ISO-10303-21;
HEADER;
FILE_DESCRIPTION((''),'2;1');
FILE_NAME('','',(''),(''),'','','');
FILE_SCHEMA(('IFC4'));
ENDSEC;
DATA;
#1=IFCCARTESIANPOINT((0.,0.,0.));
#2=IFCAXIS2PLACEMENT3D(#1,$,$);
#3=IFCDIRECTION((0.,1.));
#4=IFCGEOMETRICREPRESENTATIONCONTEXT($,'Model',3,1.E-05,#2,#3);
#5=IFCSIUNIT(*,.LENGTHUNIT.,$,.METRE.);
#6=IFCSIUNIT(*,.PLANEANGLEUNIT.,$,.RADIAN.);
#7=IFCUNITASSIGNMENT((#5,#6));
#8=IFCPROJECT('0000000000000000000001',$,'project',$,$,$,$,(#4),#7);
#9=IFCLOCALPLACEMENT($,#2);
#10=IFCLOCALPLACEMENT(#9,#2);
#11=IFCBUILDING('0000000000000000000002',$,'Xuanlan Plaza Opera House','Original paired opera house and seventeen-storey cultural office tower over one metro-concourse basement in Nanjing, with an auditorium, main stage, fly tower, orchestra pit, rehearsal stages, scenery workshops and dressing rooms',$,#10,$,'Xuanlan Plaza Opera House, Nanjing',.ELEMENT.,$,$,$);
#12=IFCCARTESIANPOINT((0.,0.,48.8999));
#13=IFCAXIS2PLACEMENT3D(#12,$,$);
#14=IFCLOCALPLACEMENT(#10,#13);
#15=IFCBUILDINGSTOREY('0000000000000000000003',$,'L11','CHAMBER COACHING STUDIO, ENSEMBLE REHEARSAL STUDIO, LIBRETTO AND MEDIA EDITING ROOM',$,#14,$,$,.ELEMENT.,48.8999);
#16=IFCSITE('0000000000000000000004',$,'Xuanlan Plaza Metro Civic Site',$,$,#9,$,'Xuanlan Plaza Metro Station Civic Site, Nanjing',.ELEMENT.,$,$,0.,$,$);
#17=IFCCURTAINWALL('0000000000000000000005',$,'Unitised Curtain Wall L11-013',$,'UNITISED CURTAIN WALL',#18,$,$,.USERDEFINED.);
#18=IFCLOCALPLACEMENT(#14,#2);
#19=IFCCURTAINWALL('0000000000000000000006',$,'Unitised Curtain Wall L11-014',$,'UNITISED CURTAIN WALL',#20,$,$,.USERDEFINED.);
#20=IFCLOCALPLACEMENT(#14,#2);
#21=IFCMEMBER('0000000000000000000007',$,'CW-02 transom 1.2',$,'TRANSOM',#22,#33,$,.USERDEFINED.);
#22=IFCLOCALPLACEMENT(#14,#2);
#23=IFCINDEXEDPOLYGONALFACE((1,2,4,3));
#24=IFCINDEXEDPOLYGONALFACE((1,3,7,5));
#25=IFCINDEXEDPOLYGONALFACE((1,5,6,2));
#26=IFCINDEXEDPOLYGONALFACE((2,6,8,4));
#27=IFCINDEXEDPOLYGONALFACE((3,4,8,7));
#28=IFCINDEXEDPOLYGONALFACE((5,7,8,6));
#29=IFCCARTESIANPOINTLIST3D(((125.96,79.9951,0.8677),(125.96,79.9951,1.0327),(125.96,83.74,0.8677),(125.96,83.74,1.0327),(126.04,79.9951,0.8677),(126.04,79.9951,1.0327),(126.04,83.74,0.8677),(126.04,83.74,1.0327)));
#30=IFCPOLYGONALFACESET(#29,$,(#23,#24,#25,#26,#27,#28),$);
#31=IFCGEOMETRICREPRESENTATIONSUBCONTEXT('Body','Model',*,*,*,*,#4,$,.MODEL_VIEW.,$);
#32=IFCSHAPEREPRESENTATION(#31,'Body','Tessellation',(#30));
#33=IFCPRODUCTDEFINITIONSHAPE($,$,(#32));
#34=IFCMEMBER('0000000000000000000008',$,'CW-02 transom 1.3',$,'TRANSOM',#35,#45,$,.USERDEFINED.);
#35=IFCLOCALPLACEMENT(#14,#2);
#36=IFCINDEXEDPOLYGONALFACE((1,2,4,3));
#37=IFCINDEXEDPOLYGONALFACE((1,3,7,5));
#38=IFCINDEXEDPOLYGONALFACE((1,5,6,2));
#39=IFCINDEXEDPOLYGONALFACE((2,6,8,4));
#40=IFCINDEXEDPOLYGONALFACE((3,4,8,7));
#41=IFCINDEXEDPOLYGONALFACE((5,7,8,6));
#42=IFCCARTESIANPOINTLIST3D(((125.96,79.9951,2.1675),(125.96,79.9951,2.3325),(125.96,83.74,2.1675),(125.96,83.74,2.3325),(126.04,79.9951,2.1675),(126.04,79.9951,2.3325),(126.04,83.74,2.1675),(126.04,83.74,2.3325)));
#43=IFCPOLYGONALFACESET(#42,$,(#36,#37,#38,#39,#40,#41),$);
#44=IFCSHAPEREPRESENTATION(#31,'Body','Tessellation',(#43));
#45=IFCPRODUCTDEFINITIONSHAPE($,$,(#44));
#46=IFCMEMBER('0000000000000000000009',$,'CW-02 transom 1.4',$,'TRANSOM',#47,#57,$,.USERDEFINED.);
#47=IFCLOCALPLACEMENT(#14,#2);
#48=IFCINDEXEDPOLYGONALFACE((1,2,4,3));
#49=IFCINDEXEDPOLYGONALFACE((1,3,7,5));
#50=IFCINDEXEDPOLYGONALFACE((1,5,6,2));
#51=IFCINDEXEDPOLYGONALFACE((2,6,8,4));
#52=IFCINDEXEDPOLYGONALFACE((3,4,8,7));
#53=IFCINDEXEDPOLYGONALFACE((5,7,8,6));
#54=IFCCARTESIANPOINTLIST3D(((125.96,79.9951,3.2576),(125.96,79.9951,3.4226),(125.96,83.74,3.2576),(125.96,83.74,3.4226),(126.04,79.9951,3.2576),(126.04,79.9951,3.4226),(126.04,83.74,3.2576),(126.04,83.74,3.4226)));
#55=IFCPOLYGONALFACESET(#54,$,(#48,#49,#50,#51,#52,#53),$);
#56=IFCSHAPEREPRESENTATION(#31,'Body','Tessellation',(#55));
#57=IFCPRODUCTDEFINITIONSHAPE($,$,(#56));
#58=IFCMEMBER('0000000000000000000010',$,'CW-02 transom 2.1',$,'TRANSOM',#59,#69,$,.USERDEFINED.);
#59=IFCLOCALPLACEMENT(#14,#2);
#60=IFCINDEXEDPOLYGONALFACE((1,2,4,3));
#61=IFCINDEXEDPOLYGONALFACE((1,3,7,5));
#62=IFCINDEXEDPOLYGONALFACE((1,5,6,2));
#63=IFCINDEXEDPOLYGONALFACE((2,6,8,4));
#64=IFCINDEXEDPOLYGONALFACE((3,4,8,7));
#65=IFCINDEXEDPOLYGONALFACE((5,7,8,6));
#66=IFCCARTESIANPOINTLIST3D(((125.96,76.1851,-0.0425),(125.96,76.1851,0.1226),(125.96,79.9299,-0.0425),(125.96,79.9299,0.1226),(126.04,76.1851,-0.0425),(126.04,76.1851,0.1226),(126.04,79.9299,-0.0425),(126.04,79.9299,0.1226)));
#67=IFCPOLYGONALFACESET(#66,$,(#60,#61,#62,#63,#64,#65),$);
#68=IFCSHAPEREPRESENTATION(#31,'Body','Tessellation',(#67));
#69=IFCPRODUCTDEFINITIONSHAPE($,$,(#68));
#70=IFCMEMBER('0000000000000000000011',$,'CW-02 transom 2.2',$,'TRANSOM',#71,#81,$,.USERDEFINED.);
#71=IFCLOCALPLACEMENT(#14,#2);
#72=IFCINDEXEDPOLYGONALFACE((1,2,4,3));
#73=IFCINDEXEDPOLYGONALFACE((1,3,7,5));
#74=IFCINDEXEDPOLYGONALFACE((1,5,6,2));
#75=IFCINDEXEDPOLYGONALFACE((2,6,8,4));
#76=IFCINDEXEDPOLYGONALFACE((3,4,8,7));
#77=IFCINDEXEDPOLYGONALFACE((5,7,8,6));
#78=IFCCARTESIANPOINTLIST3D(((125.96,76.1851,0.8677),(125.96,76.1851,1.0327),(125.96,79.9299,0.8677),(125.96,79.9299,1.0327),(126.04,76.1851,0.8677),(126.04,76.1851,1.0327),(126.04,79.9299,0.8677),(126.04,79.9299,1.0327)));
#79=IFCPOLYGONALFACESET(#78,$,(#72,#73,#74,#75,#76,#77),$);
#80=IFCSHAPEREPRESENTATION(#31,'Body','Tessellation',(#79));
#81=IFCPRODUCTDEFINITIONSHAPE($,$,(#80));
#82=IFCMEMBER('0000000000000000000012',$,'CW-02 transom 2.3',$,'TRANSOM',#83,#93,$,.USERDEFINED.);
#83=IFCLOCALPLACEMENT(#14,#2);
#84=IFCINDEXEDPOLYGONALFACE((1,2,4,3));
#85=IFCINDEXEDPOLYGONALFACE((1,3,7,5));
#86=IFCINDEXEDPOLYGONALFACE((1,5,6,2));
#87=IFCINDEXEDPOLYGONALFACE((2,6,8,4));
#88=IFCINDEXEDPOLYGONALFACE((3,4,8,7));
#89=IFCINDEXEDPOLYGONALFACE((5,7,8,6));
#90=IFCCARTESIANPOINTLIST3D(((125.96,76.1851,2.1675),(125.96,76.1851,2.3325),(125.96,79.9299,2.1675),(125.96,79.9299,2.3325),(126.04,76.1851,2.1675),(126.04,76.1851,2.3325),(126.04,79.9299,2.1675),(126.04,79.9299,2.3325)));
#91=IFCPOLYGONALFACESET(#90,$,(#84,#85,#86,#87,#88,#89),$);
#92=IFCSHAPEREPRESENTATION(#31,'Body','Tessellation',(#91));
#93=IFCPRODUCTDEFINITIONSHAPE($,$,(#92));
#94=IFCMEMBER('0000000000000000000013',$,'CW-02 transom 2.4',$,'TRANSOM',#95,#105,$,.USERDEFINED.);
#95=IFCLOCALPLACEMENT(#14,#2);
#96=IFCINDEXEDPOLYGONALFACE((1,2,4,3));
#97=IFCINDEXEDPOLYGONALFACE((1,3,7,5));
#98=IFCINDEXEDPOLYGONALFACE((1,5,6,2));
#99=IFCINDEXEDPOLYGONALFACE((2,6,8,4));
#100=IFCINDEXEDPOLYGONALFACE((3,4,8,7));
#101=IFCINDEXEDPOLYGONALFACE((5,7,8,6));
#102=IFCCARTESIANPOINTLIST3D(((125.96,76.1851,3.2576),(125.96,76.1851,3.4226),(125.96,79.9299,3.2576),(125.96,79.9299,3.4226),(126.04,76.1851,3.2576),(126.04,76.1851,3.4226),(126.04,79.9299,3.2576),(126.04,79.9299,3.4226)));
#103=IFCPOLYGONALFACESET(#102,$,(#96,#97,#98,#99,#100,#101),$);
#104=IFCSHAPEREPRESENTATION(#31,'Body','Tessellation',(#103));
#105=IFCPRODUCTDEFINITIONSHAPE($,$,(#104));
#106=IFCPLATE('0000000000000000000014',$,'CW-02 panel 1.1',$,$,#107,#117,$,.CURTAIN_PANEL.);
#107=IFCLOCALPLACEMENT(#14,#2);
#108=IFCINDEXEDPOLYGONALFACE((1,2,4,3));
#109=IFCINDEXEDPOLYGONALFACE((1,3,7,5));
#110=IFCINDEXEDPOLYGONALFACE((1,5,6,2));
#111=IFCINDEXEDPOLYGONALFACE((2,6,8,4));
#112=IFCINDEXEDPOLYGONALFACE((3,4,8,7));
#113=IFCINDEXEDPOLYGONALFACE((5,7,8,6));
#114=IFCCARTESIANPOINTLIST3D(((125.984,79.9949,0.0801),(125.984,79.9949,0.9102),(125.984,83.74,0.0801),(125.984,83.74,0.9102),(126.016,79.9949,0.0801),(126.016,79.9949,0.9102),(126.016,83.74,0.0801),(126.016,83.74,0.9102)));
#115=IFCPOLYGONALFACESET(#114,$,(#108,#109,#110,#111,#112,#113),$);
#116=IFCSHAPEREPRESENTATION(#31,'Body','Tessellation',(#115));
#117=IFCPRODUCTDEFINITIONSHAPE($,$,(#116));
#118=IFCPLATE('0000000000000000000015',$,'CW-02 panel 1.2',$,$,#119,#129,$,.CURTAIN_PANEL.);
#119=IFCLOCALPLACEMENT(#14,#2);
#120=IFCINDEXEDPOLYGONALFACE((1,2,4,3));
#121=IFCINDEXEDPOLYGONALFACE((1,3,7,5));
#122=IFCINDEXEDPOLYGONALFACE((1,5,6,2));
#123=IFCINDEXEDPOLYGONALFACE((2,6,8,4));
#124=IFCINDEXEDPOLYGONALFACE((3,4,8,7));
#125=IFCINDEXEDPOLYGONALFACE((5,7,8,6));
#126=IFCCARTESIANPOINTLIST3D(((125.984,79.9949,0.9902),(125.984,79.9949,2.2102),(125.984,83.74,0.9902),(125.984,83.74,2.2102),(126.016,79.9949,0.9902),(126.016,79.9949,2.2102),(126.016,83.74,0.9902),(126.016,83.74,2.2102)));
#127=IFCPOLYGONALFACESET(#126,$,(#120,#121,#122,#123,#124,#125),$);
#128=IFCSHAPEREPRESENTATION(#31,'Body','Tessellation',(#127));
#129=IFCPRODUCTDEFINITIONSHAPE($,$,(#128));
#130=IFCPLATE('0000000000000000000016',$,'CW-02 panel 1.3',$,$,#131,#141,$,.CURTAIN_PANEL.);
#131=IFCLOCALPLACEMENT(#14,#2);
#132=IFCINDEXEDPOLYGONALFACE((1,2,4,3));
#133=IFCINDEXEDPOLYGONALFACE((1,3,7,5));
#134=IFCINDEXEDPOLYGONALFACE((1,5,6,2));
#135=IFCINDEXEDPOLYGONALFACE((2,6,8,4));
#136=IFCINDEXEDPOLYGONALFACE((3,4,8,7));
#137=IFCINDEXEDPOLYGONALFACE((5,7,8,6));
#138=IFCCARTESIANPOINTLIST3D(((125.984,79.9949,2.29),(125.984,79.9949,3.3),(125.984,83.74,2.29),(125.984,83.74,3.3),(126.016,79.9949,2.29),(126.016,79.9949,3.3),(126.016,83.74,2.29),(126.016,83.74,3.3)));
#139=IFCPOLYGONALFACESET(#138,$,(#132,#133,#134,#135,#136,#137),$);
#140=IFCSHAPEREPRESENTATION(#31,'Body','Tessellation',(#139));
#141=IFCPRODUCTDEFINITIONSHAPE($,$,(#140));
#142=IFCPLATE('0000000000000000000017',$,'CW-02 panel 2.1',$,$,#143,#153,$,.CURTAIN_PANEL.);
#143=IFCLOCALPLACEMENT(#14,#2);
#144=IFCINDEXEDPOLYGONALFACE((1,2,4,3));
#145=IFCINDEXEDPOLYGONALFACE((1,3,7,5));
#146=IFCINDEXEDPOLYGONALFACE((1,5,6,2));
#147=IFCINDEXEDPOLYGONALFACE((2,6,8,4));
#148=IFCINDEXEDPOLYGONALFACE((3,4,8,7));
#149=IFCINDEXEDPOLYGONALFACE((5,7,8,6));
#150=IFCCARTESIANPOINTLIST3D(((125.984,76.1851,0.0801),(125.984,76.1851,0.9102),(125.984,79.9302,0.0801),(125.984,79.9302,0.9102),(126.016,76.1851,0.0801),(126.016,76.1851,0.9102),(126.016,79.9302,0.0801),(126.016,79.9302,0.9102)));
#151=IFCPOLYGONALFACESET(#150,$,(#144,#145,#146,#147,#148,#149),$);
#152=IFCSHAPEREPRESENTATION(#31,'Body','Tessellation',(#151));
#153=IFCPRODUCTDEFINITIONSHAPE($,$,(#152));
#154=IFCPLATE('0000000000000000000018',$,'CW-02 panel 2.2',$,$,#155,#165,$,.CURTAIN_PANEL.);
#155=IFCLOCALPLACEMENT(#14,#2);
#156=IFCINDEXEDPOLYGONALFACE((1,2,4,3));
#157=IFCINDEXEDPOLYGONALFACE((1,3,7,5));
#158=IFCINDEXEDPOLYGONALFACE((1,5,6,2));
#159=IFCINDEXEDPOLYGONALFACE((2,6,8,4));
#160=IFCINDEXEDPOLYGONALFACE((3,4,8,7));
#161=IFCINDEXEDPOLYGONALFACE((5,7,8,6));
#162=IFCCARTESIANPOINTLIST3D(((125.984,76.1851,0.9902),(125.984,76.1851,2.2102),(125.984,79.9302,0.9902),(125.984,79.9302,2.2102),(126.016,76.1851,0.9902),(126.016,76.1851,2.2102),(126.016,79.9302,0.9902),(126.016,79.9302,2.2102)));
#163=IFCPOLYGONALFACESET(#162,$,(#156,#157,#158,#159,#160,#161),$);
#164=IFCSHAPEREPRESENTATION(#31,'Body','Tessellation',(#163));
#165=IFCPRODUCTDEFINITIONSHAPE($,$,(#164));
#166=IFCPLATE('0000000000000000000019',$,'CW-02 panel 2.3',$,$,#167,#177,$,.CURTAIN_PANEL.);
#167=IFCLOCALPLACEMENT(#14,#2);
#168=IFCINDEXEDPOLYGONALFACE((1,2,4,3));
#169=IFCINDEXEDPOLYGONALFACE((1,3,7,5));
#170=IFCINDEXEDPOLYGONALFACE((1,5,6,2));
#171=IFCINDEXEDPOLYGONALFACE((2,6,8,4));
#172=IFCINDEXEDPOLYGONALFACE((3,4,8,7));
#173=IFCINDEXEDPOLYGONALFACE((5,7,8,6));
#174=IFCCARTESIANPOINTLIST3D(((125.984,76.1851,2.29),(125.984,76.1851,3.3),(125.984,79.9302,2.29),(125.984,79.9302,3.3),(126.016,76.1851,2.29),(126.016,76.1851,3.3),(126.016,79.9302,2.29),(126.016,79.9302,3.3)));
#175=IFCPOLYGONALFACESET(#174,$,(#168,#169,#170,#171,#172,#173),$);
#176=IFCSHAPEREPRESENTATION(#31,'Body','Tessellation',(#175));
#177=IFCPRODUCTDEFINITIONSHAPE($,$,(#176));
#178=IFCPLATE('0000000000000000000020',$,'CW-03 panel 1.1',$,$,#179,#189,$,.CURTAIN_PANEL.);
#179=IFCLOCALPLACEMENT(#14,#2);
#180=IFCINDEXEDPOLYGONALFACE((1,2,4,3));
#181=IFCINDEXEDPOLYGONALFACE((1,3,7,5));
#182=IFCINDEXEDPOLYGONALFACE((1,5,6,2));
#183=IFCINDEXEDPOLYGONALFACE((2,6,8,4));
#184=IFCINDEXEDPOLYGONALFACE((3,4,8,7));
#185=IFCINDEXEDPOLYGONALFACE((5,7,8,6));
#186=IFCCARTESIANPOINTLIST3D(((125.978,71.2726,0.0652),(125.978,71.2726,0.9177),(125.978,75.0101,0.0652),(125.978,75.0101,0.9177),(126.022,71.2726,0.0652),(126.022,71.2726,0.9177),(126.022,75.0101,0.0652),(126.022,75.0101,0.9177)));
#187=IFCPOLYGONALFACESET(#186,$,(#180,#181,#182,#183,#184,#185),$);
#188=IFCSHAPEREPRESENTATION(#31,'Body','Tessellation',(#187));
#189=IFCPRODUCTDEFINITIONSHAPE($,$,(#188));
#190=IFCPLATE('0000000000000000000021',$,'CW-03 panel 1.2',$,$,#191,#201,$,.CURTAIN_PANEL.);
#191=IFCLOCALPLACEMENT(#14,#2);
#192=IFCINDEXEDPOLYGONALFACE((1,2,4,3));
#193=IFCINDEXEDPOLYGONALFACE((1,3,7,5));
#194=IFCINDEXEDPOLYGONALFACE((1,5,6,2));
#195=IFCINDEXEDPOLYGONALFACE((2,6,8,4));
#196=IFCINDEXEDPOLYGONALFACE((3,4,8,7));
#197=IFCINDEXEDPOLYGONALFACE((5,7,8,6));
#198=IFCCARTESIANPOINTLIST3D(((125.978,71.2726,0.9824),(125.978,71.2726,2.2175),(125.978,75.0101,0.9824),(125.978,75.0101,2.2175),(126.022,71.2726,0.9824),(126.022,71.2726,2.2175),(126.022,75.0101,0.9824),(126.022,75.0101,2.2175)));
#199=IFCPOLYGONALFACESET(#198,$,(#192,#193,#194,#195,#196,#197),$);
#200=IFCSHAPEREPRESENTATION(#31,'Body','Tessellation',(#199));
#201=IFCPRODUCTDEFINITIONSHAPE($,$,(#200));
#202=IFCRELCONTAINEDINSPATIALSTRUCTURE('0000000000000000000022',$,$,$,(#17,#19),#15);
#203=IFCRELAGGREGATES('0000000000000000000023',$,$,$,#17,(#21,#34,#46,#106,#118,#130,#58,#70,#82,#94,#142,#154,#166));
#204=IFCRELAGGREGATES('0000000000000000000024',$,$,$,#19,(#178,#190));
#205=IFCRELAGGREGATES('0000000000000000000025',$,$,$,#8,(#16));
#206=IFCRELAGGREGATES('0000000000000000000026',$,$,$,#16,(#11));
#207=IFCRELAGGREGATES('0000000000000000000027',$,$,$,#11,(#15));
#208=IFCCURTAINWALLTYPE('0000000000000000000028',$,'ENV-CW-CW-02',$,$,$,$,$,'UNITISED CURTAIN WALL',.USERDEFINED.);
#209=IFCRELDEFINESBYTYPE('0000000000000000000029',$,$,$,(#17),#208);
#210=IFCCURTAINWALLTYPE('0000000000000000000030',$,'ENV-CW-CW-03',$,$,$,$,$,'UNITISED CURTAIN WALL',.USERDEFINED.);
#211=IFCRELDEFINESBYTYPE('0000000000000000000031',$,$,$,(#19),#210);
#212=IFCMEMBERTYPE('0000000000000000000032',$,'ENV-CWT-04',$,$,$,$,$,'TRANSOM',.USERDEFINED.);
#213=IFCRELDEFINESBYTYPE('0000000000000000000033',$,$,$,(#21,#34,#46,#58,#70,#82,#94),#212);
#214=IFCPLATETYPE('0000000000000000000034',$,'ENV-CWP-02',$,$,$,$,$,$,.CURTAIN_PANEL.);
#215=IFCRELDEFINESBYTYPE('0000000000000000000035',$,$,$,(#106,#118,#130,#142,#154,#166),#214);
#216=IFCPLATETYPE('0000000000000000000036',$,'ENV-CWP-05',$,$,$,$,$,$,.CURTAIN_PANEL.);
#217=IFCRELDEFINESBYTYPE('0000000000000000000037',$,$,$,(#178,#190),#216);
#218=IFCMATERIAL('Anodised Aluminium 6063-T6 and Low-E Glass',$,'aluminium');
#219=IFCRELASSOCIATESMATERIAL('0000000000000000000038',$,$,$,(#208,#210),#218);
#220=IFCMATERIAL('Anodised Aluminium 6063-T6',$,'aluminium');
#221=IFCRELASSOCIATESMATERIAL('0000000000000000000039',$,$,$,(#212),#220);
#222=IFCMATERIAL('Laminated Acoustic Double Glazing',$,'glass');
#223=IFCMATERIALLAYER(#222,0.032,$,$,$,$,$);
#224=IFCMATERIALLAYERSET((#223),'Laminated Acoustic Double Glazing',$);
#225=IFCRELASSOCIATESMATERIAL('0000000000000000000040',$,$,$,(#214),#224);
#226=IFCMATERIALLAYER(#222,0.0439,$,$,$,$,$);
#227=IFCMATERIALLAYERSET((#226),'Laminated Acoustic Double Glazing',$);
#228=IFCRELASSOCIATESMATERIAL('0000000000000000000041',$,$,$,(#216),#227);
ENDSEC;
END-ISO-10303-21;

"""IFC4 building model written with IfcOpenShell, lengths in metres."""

from ifc_helpers import new_model, si_unit, direction, frame, origin, origin_2d, place, context, subcontext, project, spatial, rectangle, extrude, material, layer, layer_set, material_profile, profile_set, type_object, element, aggregate, save


model = new_model("IFC4")

# Units and contexts
model_context = context("Model", 3, precision=1e-05, world=origin(), true_north=direction((0.0, 1.0)))
body_context = subcontext(model_context, "Body", "Model", "MODEL_VIEW")
ifc_project = project(units=[si_unit("LENGTHUNIT", "METRE"), si_unit("PLANEANGLEUNIT", "RADIAN")], contexts=[model_context])

# Site, building, storey
site_placement = place(None, origin())
site = spatial("IfcSite", under=ifc_project, at=site_placement, Name="Xuanlan Plaza Metro Civic Site", LongName="Xuanlan Plaza Metro Station Civic Site, Nanjing", CompositionType="ELEMENT", RefElevation=0.0)
building_placement = place(site_placement, origin())
building = spatial("IfcBuilding", under=site, at=building_placement, Name="Xuanlan Plaza Opera House", Description="Original paired opera house and seventeen-storey cultural office tower over one metro-concourse basement in Nanjing, with an auditorium, main stage, fly tower, orchestra pit, rehearsal stages, scenery workshops and dressing rooms", LongName="Xuanlan Plaza Opera House, Nanjing", CompositionType="ELEMENT")
storey_placement = place(building_placement, frame((0.0, 0.0, 48.8999)))
storey = spatial("IfcBuildingStorey", under=building, at=storey_placement, Name="L11", Description="CHAMBER COACHING STUDIO, ENSEMBLE REHEARSAL STUDIO, LIBRETTO AND MEDIA EDITING ROOM", CompositionType="ELEMENT", Elevation=48.8999)

# Curtain walls
ifc_material_1 = material(Name="Anodised Aluminium 6063-T6 and Low-E Glass", Category="aluminium")
curtain_wall_type_1 = type_object("IfcCurtainWallType", Name="ENV-CW-CW-02", ElementType="UNITISED CURTAIN WALL", PredefinedType="USERDEFINED", material=ifc_material_1)
curtain_wall_1_placement = place(storey_placement, origin())
curtain_wall_1 = element("IfcCurtainWall", 1, at=curtain_wall_1_placement, inside=storey, type_object=curtain_wall_type_1, Name="Unitised Curtain Wall L11-013", ObjectType="UNITISED CURTAIN WALL", PredefinedType="USERDEFINED")
ifc_material_2 = material(Name="Anodised Aluminium 6063-T6", Category="aluminium")
curtain_wall_type_2 = type_object("IfcCurtainWallType", Name="ENV-CW-CW-03", ElementType="UNITISED CURTAIN WALL", PredefinedType="USERDEFINED", material=ifc_material_1)
curtain_wall_2_placement = place(storey_placement, origin())
curtain_wall_2 = element("IfcCurtainWall", 2, at=curtain_wall_2_placement, inside=storey, type_object=curtain_wall_type_2, Name="Unitised Curtain Wall L11-014", ObjectType="UNITISED CURTAIN WALL", PredefinedType="USERDEFINED")

# Members
ifc_material_profile_1 = material_profile(ifc_material_2, rectangle(XDim=0.0801, YDim=0.165, at=origin_2d()), Name="ALU-T 80x165")
ifc_profile_set_1 = profile_set([ifc_material_profile_1], Name="Anodised Aluminium 6063-T6")
member_type_1 = type_object("IfcMemberType", Name="ENV-CWT-04", ElementType="TRANSOM", PredefinedType="USERDEFINED", material=ifc_profile_set_1)
member_1_placement = place(storey_placement, frame((126.0, 83.74, 0.9502), z_axis=(0.0, -1.0, 0.0), x_axis=(1.0, 0.0, 0.0)))
member_1 = element("IfcMember", 3, at=member_1_placement, type_object=member_type_1, Name="CW-02 transom 1.2", ObjectType="TRANSOM", PredefinedType="USERDEFINED", context=body_context, shape_type="SweptSolid", body=[
    extrude(rectangle(XDim=0.0801, YDim=0.165, at=origin_2d()), origin(), (0.0, 0.0, 1.0), 3.7449),
])
member_2_placement = place(storey_placement, frame((126.0, 83.74, 2.25), z_axis=(0.0, -1.0, 0.0), x_axis=(1.0, 0.0, 0.0)))
member_2 = element("IfcMember", 4, at=member_2_placement, type_object=member_type_1, Name="CW-02 transom 1.3", ObjectType="TRANSOM", PredefinedType="USERDEFINED", context=body_context, shape_type="SweptSolid", body=[
    extrude(rectangle(XDim=0.0801, YDim=0.165, at=origin_2d()), origin(), (0.0, 0.0, 1.0), 3.7449),
])
member_3_placement = place(storey_placement, frame((126.0, 83.74, 3.3401), z_axis=(0.0, -1.0, 0.0), x_axis=(1.0, 0.0, 0.0)))
member_3 = element("IfcMember", 5, at=member_3_placement, type_object=member_type_1, Name="CW-02 transom 1.4", ObjectType="TRANSOM", PredefinedType="USERDEFINED", context=body_context, shape_type="SweptSolid", body=[
    extrude(rectangle(XDim=0.0801, YDim=0.165, at=origin_2d()), origin(), (0.0, 0.0, 1.0), 3.7449),
])
member_4_placement = place(storey_placement, frame((126.0, 79.9299, 0.04), z_axis=(0.0, -1.0, 0.0), x_axis=(1.0, 0.0, 0.0)))
member_4 = element("IfcMember", 6, at=member_4_placement, type_object=member_type_1, Name="CW-02 transom 2.1", ObjectType="TRANSOM", PredefinedType="USERDEFINED", context=body_context, shape_type="SweptSolid", body=[
    extrude(rectangle(XDim=0.0801, YDim=0.165, at=origin_2d()), origin(), (0.0, 0.0, 1.0), 3.7449),
])
member_5_placement = place(storey_placement, frame((126.0, 79.9299, 0.9502), z_axis=(0.0, -1.0, 0.0), x_axis=(1.0, 0.0, 0.0)))
member_5 = element("IfcMember", 7, at=member_5_placement, type_object=member_type_1, Name="CW-02 transom 2.2", ObjectType="TRANSOM", PredefinedType="USERDEFINED", context=body_context, shape_type="SweptSolid", body=[
    extrude(rectangle(XDim=0.0801, YDim=0.165, at=origin_2d()), origin(), (0.0, 0.0, 1.0), 3.7449),
])
member_6_placement = place(storey_placement, frame((126.0, 79.9299, 2.25), z_axis=(0.0, -1.0, 0.0), x_axis=(1.0, 0.0, 0.0)))
member_6 = element("IfcMember", 8, at=member_6_placement, type_object=member_type_1, Name="CW-02 transom 2.3", ObjectType="TRANSOM", PredefinedType="USERDEFINED", context=body_context, shape_type="SweptSolid", body=[
    extrude(rectangle(XDim=0.0801, YDim=0.165, at=origin_2d()), origin(), (0.0, 0.0, 1.0), 3.7449),
])
member_7_placement = place(storey_placement, frame((126.0, 79.9299, 3.3401), z_axis=(0.0, -1.0, 0.0), x_axis=(1.0, 0.0, 0.0)))
member_7 = element("IfcMember", 9, at=member_7_placement, type_object=member_type_1, Name="CW-02 transom 2.4", ObjectType="TRANSOM", PredefinedType="USERDEFINED", context=body_context, shape_type="SweptSolid", body=[
    extrude(rectangle(XDim=0.0801, YDim=0.165, at=origin_2d()), origin(), (0.0, 0.0, 1.0), 3.7449),
])

# Plates
ifc_material_3 = material(Name="Laminated Acoustic Double Glazing", Category="glass")
ifc_layer_1 = layer(ifc_material_3, 0.032)
ifc_layer_set_1 = layer_set([ifc_layer_1], Name="Laminated Acoustic Double Glazing")
plate_type_1 = type_object("IfcPlateType", Name="ENV-CWP-02", PredefinedType="CURTAIN_PANEL", material=ifc_layer_set_1)
plate_1_placement = place(storey_placement, frame((126.0, 81.8674, 0.0801), z_axis=(0.0, 0.0, 1.0), x_axis=(0.0, -1.0, 0.0)))
plate_1 = element("IfcPlate", 10, at=plate_1_placement, type_object=plate_type_1, Name="CW-02 panel 1.1", PredefinedType="CURTAIN_PANEL", context=body_context, shape_type="SweptSolid", body=[
    extrude(rectangle(XDim=3.7451, YDim=0.032, at=origin_2d()), origin(), (0.0, 0.0, 1.0), 0.8301),
])
plate_2_placement = place(storey_placement, frame((126.0, 81.8674, 0.9902), z_axis=(0.0, 0.0, 1.0), x_axis=(0.0, -1.0, 0.0)))
plate_2 = element("IfcPlate", 11, at=plate_2_placement, type_object=plate_type_1, Name="CW-02 panel 1.2", PredefinedType="CURTAIN_PANEL", context=body_context, shape_type="SweptSolid", body=[
    extrude(rectangle(XDim=3.7451, YDim=0.032, at=origin_2d()), origin(), (0.0, 0.0, 1.0), 1.22),
])
plate_3_placement = place(storey_placement, frame((126.0, 81.8674, 2.29), z_axis=(0.0, 0.0, 1.0), x_axis=(0.0, -1.0, 0.0)))
plate_3 = element("IfcPlate", 12, at=plate_3_placement, type_object=plate_type_1, Name="CW-02 panel 1.3", PredefinedType="CURTAIN_PANEL", context=body_context, shape_type="SweptSolid", body=[
    extrude(rectangle(XDim=3.7451, YDim=0.032, at=origin_2d()), origin(), (0.0, 0.0, 1.0), 1.01),
])
plate_4_placement = place(storey_placement, frame((126.0, 78.0576, 0.0801), z_axis=(0.0, 0.0, 1.0), x_axis=(0.0, -1.0, 0.0)))
plate_4 = element("IfcPlate", 13, at=plate_4_placement, type_object=plate_type_1, Name="CW-02 panel 2.1", PredefinedType="CURTAIN_PANEL", context=body_context, shape_type="SweptSolid", body=[
    extrude(rectangle(XDim=3.7451, YDim=0.032, at=origin_2d()), origin(), (0.0, 0.0, 1.0), 0.8301),
])
plate_5_placement = place(storey_placement, frame((126.0, 78.0576, 0.9902), z_axis=(0.0, 0.0, 1.0), x_axis=(0.0, -1.0, 0.0)))
plate_5 = element("IfcPlate", 14, at=plate_5_placement, type_object=plate_type_1, Name="CW-02 panel 2.2", PredefinedType="CURTAIN_PANEL", context=body_context, shape_type="SweptSolid", body=[
    extrude(rectangle(XDim=3.7451, YDim=0.032, at=origin_2d()), origin(), (0.0, 0.0, 1.0), 1.22),
])
plate_6_placement = place(storey_placement, frame((126.0, 78.0576, 2.29), z_axis=(0.0, 0.0, 1.0), x_axis=(0.0, -1.0, 0.0)))
plate_6 = element("IfcPlate", 15, at=plate_6_placement, type_object=plate_type_1, Name="CW-02 panel 2.3", PredefinedType="CURTAIN_PANEL", context=body_context, shape_type="SweptSolid", body=[
    extrude(rectangle(XDim=3.7451, YDim=0.032, at=origin_2d()), origin(), (0.0, 0.0, 1.0), 1.01),
])
aggregate(curtain_wall_1, [member_1, member_2, member_3, plate_1, plate_2, plate_3, member_4, member_5, member_6, member_7, plate_4, plate_5, plate_6])
ifc_layer_2 = layer(ifc_material_3, 0.0439)
ifc_layer_set_2 = layer_set([ifc_layer_2], Name="Laminated Acoustic Double Glazing")
plate_type_2 = type_object("IfcPlateType", Name="ENV-CWP-05", PredefinedType="CURTAIN_PANEL", material=ifc_layer_set_2)
plate_7_placement = place(storey_placement, frame((126.0, 73.1414, 0.0652), z_axis=(0.0, 0.0, 1.0), x_axis=(0.0, -1.0, 0.0)))
plate_7 = element("IfcPlate", 16, at=plate_7_placement, type_object=plate_type_2, Name="CW-03 panel 1.1", PredefinedType="CURTAIN_PANEL", context=body_context, shape_type="SweptSolid", body=[
    extrude(rectangle(XDim=3.7375, YDim=0.0439, at=origin_2d()), origin(), (0.0, 0.0, 1.0), 0.8525),
])
plate_8_placement = place(storey_placement, frame((126.0, 73.1414, 0.9824), z_axis=(0.0, 0.0, 1.0), x_axis=(0.0, -1.0, 0.0)))
plate_8 = element("IfcPlate", 17, at=plate_8_placement, type_object=plate_type_2, Name="CW-03 panel 1.2", PredefinedType="CURTAIN_PANEL", context=body_context, shape_type="SweptSolid", body=[
    extrude(rectangle(XDim=3.7375, YDim=0.0439, at=origin_2d()), origin(), (0.0, 0.0, 1.0), 1.2351),
])
aggregate(curtain_wall_2, [plate_7, plate_8])

save(model, "model.ifc")
